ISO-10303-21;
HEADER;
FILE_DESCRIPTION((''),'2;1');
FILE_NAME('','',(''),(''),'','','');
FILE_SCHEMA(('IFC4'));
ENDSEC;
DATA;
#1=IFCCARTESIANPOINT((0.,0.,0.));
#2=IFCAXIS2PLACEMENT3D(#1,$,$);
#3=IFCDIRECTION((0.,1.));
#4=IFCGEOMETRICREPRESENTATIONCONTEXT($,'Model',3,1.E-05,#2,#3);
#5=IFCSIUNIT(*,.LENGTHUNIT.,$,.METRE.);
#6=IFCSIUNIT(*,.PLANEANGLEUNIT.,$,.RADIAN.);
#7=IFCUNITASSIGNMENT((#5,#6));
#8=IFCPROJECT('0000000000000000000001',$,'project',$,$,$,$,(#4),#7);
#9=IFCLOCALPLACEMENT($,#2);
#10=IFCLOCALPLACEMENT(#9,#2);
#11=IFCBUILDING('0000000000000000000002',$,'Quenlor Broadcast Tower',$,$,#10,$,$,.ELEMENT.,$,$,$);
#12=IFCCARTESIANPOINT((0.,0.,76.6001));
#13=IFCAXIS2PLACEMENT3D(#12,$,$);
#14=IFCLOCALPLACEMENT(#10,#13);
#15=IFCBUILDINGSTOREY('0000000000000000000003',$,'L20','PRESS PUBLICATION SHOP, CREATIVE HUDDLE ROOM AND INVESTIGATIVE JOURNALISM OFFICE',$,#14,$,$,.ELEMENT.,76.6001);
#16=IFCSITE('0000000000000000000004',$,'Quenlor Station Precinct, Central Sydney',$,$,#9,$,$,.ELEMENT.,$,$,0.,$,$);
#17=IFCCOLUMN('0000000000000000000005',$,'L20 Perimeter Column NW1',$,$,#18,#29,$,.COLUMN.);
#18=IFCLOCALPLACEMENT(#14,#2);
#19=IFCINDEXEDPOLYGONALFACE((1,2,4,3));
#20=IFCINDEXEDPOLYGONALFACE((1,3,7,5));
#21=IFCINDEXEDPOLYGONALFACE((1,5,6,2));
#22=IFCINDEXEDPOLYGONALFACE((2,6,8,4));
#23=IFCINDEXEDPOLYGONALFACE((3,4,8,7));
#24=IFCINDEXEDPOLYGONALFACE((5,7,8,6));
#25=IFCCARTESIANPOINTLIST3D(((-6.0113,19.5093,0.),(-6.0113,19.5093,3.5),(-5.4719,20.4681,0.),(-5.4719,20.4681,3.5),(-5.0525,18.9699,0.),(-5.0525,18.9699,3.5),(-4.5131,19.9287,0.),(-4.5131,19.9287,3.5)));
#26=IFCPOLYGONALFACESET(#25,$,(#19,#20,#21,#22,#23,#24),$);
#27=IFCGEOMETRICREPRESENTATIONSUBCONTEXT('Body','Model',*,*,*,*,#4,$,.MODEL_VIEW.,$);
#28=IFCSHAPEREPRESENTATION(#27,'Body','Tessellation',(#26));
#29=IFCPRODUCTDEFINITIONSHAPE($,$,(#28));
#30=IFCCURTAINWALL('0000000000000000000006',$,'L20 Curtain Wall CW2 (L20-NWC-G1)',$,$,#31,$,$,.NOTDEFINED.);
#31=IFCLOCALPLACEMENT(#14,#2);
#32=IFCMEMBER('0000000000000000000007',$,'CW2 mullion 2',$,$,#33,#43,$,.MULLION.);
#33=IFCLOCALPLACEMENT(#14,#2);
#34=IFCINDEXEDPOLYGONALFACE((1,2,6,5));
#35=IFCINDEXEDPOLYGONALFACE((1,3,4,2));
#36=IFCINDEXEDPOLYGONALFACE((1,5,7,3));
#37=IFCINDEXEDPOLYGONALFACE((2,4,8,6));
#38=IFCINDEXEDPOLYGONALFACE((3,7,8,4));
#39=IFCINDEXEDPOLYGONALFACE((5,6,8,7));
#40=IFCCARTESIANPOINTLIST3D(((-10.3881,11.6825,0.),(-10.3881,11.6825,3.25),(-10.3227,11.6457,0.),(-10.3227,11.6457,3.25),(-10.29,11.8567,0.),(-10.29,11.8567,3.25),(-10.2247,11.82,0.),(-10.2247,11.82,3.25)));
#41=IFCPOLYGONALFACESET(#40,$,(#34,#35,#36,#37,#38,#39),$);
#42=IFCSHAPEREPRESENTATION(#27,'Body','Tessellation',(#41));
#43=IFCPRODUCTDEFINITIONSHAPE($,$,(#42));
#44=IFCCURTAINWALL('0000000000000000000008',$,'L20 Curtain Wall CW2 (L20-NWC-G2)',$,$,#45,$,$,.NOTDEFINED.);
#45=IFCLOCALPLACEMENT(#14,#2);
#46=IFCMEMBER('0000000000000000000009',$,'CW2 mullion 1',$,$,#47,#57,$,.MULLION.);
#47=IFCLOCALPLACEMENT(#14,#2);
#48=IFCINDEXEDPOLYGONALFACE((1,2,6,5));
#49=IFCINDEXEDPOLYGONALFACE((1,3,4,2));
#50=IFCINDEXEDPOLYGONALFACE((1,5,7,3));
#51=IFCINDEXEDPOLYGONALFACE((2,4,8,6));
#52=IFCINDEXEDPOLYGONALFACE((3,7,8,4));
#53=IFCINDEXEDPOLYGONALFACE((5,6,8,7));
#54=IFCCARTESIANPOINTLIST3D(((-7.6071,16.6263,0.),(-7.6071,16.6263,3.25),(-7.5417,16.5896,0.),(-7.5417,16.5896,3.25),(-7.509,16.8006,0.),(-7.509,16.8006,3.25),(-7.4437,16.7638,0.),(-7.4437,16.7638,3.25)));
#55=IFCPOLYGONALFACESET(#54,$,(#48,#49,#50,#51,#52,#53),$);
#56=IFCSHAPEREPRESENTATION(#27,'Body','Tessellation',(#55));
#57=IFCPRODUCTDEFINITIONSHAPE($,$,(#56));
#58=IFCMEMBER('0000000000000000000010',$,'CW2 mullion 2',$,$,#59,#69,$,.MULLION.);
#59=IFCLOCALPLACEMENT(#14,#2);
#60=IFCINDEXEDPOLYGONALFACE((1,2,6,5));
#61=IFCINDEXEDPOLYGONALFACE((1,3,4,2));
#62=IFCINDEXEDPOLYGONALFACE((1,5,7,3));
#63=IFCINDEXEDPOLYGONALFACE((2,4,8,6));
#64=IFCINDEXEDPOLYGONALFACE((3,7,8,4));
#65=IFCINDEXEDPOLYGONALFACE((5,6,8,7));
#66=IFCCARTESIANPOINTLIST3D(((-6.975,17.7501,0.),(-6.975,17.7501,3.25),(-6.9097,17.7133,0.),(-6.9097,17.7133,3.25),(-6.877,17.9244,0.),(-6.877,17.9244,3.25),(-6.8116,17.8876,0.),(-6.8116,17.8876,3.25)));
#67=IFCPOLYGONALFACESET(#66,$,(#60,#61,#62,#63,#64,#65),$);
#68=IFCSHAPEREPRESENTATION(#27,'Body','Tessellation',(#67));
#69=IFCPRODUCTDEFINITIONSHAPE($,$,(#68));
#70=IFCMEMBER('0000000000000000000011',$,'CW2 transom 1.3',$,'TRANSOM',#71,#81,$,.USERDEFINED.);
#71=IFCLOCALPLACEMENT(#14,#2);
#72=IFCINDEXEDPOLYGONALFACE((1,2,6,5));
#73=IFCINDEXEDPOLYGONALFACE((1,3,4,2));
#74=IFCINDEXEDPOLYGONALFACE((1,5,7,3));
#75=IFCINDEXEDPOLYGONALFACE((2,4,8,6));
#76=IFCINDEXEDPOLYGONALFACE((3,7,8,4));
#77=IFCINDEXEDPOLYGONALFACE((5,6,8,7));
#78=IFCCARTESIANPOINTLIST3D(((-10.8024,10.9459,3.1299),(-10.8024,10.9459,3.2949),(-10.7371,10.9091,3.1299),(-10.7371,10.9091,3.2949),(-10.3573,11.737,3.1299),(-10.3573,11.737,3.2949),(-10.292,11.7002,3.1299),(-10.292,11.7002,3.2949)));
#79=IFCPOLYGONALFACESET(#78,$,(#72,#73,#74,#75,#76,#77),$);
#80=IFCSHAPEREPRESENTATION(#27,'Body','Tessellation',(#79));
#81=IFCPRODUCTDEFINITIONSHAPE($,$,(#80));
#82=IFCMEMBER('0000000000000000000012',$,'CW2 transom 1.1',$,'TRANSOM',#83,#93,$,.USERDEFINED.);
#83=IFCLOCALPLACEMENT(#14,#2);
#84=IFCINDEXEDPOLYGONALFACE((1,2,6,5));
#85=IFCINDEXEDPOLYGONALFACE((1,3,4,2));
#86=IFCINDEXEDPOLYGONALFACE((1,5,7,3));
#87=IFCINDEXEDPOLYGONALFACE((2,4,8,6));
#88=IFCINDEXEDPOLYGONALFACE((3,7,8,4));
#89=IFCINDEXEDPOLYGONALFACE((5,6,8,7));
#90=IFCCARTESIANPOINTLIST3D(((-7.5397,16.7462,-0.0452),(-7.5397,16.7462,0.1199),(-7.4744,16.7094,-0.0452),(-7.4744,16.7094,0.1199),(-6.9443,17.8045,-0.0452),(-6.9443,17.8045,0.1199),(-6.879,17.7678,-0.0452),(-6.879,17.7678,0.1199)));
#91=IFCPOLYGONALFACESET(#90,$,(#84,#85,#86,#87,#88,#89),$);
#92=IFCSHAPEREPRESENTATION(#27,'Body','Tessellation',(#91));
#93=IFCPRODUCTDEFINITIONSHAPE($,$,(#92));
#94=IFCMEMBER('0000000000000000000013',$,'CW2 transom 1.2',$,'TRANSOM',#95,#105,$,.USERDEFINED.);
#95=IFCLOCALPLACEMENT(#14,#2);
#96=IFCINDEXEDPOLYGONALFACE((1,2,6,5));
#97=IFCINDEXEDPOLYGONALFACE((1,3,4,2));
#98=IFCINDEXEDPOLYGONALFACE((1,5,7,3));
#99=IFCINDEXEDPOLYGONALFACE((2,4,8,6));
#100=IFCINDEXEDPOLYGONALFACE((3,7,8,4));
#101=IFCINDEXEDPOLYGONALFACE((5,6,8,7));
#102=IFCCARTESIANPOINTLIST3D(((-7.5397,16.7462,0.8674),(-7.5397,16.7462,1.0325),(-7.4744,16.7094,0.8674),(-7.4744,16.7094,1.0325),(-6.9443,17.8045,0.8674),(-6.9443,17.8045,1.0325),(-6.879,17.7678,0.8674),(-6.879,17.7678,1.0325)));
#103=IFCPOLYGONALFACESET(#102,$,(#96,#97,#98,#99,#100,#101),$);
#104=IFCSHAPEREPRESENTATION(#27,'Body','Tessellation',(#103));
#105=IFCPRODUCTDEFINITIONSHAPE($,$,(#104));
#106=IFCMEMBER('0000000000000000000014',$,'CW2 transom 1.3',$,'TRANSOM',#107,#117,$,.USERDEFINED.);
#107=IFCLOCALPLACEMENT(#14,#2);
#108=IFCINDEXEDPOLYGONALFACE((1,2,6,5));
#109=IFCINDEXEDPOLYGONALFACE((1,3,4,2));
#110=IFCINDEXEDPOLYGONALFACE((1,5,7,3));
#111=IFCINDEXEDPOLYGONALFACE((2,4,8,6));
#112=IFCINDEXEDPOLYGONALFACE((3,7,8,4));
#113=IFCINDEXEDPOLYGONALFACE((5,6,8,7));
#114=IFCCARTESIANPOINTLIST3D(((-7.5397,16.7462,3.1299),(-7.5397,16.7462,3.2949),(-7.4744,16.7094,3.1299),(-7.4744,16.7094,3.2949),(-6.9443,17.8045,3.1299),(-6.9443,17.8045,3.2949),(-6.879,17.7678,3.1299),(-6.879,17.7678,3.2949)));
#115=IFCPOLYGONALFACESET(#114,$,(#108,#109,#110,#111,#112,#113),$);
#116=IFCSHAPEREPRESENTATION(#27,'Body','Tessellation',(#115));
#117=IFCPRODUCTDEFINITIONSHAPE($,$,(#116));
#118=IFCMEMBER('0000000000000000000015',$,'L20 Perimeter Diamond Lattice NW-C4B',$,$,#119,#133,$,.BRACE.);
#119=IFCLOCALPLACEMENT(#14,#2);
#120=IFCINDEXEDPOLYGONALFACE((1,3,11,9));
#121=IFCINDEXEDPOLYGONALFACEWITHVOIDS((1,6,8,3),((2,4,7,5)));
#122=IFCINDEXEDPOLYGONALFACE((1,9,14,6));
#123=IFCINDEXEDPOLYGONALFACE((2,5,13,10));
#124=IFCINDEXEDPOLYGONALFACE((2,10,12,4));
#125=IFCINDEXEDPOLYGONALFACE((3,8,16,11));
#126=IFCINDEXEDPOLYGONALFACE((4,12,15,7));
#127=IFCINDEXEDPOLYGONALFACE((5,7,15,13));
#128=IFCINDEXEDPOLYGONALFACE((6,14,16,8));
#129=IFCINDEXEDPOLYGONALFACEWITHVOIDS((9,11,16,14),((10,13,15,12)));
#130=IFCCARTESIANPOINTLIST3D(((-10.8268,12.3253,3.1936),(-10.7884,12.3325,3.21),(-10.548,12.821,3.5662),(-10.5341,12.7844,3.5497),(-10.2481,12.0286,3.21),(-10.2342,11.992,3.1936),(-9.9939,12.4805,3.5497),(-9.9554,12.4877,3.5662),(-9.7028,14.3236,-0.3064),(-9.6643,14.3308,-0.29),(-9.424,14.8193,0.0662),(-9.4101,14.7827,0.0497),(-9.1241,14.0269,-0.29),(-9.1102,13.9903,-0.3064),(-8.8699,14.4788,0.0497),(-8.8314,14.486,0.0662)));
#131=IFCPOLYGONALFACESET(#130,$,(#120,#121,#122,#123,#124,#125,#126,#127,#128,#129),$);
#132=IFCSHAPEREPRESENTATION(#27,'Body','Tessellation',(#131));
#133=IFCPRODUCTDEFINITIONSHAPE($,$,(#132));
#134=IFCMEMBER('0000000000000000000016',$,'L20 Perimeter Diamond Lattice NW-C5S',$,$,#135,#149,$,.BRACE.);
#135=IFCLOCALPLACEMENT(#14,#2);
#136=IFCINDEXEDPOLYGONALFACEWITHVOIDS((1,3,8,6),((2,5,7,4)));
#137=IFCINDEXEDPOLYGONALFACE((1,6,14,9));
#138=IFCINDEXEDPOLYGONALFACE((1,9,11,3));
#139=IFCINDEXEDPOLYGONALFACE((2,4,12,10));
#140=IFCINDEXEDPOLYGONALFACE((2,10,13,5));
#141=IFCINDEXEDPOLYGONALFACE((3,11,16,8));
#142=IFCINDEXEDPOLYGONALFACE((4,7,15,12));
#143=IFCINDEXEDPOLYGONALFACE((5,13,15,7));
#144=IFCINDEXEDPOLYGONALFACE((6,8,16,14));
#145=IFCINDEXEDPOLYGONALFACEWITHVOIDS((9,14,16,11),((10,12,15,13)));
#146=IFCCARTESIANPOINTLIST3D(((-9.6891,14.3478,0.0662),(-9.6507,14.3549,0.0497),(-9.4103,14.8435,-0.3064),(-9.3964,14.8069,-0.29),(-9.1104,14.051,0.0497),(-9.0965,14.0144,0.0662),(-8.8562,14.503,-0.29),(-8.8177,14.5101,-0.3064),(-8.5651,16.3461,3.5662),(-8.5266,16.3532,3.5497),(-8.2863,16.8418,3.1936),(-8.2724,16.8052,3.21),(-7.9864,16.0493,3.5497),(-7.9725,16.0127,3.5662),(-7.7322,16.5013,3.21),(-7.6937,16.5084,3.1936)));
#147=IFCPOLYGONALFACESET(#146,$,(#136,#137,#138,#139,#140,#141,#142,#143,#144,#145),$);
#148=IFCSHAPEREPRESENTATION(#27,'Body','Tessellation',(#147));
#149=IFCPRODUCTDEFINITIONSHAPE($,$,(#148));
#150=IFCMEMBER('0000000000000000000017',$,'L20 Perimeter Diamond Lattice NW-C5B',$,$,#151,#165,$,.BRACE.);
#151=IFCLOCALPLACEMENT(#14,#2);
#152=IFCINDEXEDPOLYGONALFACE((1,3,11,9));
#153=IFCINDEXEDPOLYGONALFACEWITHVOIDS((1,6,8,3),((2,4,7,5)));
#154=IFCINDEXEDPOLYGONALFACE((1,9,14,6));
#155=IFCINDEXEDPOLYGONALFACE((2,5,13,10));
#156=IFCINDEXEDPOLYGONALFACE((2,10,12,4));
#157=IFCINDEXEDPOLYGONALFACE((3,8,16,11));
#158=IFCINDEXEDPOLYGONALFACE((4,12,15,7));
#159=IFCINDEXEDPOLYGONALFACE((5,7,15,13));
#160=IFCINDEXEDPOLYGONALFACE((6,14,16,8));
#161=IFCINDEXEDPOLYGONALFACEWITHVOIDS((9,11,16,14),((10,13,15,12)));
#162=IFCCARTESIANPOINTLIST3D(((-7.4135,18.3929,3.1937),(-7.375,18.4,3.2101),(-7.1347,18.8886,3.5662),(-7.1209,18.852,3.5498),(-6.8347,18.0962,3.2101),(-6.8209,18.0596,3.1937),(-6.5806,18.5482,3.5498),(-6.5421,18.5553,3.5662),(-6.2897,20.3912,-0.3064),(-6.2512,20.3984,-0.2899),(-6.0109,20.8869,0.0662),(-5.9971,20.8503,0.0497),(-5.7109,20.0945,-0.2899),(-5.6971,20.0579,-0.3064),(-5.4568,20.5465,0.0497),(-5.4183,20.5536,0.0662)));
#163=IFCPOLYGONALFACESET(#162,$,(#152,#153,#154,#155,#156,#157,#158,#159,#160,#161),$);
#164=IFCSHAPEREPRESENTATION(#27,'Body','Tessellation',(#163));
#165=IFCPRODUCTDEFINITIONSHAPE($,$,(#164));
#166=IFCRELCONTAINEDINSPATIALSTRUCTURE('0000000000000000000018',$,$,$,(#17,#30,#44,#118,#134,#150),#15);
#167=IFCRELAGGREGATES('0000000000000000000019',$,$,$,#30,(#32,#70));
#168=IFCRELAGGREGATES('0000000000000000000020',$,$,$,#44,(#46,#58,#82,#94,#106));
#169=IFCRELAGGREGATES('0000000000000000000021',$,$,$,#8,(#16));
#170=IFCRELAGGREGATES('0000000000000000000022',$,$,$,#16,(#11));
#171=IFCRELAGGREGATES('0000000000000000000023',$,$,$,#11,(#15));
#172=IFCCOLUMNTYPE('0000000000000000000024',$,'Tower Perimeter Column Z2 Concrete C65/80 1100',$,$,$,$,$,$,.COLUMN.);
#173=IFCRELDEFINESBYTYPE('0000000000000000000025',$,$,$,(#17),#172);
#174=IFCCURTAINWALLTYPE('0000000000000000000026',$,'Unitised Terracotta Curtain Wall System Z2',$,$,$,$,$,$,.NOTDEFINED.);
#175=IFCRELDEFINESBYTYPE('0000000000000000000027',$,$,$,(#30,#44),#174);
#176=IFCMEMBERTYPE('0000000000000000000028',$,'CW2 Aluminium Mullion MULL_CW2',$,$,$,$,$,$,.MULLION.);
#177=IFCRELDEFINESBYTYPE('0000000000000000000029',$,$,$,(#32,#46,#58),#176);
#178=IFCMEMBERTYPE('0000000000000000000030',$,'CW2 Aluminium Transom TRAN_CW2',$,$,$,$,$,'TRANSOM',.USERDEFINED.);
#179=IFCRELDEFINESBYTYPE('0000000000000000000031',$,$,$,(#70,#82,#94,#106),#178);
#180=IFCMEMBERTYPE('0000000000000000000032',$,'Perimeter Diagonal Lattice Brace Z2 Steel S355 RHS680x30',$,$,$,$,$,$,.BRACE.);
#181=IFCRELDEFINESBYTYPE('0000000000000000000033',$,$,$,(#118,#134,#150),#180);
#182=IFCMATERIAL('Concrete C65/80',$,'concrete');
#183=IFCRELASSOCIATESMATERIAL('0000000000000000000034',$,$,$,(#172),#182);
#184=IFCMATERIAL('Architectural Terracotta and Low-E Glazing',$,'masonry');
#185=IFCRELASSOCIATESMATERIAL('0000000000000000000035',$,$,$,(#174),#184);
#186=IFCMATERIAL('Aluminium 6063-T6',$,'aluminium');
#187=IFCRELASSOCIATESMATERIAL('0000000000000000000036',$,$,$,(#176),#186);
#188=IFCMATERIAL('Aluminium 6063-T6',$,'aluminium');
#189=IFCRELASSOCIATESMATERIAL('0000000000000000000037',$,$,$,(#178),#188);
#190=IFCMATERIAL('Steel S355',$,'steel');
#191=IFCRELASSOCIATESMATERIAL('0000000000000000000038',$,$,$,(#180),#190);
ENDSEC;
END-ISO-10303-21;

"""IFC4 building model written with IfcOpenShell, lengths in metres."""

from ifc_helpers import new_model, si_unit, direction, frame, origin, origin_2d, place, context, subcontext, project, spatial, rectangle, hollow_rectangle, extrude, material, material_profile, profile_set, type_object, element, aggregate, save


model = new_model("IFC4")

# Units and contexts
model_context = context("Model", 3, precision=1e-05, world=origin(), true_north=direction((0.0, 1.0)))
body_context = subcontext(model_context, "Body", "Model", "MODEL_VIEW")
ifc_project = project(units=[si_unit("LENGTHUNIT", "METRE"), si_unit("PLANEANGLEUNIT", "RADIAN")], contexts=[model_context])

# Site, building, storey
site_placement = place(None, origin())
site = spatial("IfcSite", under=ifc_project, at=site_placement, Name="Quenlor Station Precinct, Central Sydney", CompositionType="ELEMENT", RefElevation=0.0)
building_placement = place(site_placement, origin())
building = spatial("IfcBuilding", under=site, at=building_placement, Name="Quenlor Broadcast Tower", CompositionType="ELEMENT")
storey_placement = place(building_placement, frame((0.0, 0.0, 76.6001)))
storey = spatial("IfcBuildingStorey", under=building, at=storey_placement, Name="L20", Description="PRESS PUBLICATION SHOP, CREATIVE HUDDLE ROOM AND INVESTIGATIVE JOURNALISM OFFICE", CompositionType="ELEMENT", Elevation=76.6001)

# Column
ifc_material_1 = material(Name="Concrete C65/80", Category="concrete")
ifc_material_profile_1 = material_profile(ifc_material_1, rectangle(XDim=1.1001, YDim=1.1001, at=origin_2d()))
ifc_profile_set_1 = profile_set([ifc_material_profile_1], Name="Concrete C65/80 RC1100x1100")
column_type = type_object("IfcColumnType", Name="Tower Perimeter Column Z2 Concrete C65/80 1100", PredefinedType="COLUMN", material=ifc_profile_set_1)
column_placement = place(storey_placement, frame((-5.2622, 19.719, 0.0), z_axis=(0.0, 0.0, 1.0), x_axis=(-0.871575, 0.490262, 0.0)))
element("IfcColumn", 1, at=column_placement, inside=storey, type_object=column_type, Name="L20 Perimeter Column NW1", PredefinedType="COLUMN", context=body_context, shape_type="SweptSolid", body=[
    extrude(rectangle(XDim=1.1001, YDim=1.1001, at=origin_2d()), origin(), (0.0, 0.0, 1.0), 3.5),
])

# Curtain wall, member
ifc_material_2 = material(Name="Architectural Terracotta and Low-E Glazing", Category="masonry")
curtain_wall_type = type_object("IfcCurtainWallType", Name="Unitised Terracotta Curtain Wall System Z2", PredefinedType="NOTDEFINED", material=ifc_material_2)
curtain_wall_1_placement = place(storey_placement, origin())
curtain_wall_1 = element("IfcCurtainWall", 2, at=curtain_wall_1_placement, inside=storey, type_object=curtain_wall_type, Name="L20 Curtain Wall CW2 (L20-NWC-G1)", PredefinedType="NOTDEFINED")
ifc_material_3 = material(Name="Aluminium 6063-T6", Category="aluminium")
ifc_material_profile_2 = material_profile(ifc_material_3, rectangle(XDim=0.075, YDim=0.2, at=origin_2d()))
ifc_profile_set_2 = profile_set([ifc_material_profile_2], Name="Aluminium 6063-T6 MULL75x200")
member_type_1 = type_object("IfcMemberType", Name="CW2 Aluminium Mullion MULL_CW2", PredefinedType="MULLION", material=ifc_profile_set_2)
member_1_placement = place(storey_placement, frame((-10.3064, 11.7512, 0.0), z_axis=(0.0, 0.0, 1.0), x_axis=(-0.871581, 0.490252, 0.0)))
member_1 = element("IfcMember", 3, at=member_1_placement, type_object=member_type_1, Name="CW2 mullion 2", PredefinedType="MULLION", context=body_context, shape_type="SweptSolid", body=[
    extrude(rectangle(XDim=0.075, YDim=0.2, at=origin_2d()), origin(), (0.0, 0.0, 1.0), 3.25),
])

# Curtain wall, members
curtain_wall_2_placement = place(storey_placement, origin())
curtain_wall_2 = element("IfcCurtainWall", 4, at=curtain_wall_2_placement, inside=storey, type_object=curtain_wall_type, Name="L20 Curtain Wall CW2 (L20-NWC-G2)", PredefinedType="NOTDEFINED")
member_2_placement = place(storey_placement, frame((-7.5254, 16.6951, 0.0), z_axis=(0.0, 0.0, 1.0), x_axis=(-0.871583, 0.490247, 0.0)))
member_2 = element("IfcMember", 5, at=member_2_placement, type_object=member_type_1, Name="CW2 mullion 1", PredefinedType="MULLION", context=body_context, shape_type="SweptSolid", body=[
    extrude(rectangle(XDim=0.075, YDim=0.2, at=origin_2d()), origin(), (0.0, 0.0, 1.0), 3.25),
])
member_3_placement = place(storey_placement, frame((-6.8933, 17.8188, 0.0), z_axis=(0.0, 0.0, 1.0), x_axis=(-0.871583, 0.490247, 0.0)))
member_3 = element("IfcMember", 6, at=member_3_placement, type_object=member_type_1, Name="CW2 mullion 2", PredefinedType="MULLION", context=body_context, shape_type="SweptSolid", body=[
    extrude(rectangle(XDim=0.075, YDim=0.2, at=origin_2d()), origin(), (0.0, 0.0, 1.0), 3.25),
])

# Members
ifc_material_4 = material(Name="Aluminium 6063-T6", Category="aluminium")
ifc_material_profile_3 = material_profile(ifc_material_4, rectangle(XDim=0.075, YDim=0.165, at=origin_2d()))
ifc_profile_set_3 = profile_set([ifc_material_profile_3], Name="Aluminium 6063-T6 TRAN75x165")
member_type_2 = type_object("IfcMemberType", Name="CW2 Aluminium Transom TRAN_CW2", ElementType="TRANSOM", PredefinedType="USERDEFINED", material=ifc_profile_set_3)
member_4_placement = place(storey_placement, frame((-10.7698, 10.9275, 3.2124), z_axis=(0.490363, 0.871518, 0.0), x_axis=(-0.871518, 0.490363, 0.0)))
member_4 = element("IfcMember", 7, at=member_4_placement, type_object=member_type_2, Name="CW2 transom 1.3", ObjectType="TRANSOM", PredefinedType="USERDEFINED", context=body_context, shape_type="SweptSolid", body=[
    extrude(rectangle(XDim=0.075, YDim=0.165, at=origin_2d()), origin(), (0.0, 0.0, 1.0), 0.9077),
])
member_5_placement = place(storey_placement, frame((-7.5071, 16.7278, 0.0374), z_axis=(0.490347, 0.871527, 0.0), x_axis=(-0.871527, 0.490347, 0.0)))
member_5 = element("IfcMember", 8, at=member_5_placement, type_object=member_type_2, Name="CW2 transom 1.1", ObjectType="TRANSOM", PredefinedType="USERDEFINED", context=body_context, shape_type="SweptSolid", body=[
    extrude(rectangle(XDim=0.075, YDim=0.165, at=origin_2d()), origin(), (0.0, 0.0, 1.0), 1.2144),
])
member_6_placement = place(storey_placement, frame((-7.5071, 16.7278, 0.95), z_axis=(0.490347, 0.871527, 0.0), x_axis=(-0.871527, 0.490347, 0.0)))
member_6 = element("IfcMember", 9, at=member_6_placement, type_object=member_type_2, Name="CW2 transom 1.2", ObjectType="TRANSOM", PredefinedType="USERDEFINED", context=body_context, shape_type="SweptSolid", body=[
    extrude(rectangle(XDim=0.075, YDim=0.165, at=origin_2d()), origin(), (0.0, 0.0, 1.0), 1.2144),
])
member_7_placement = place(storey_placement, frame((-7.5071, 16.7278, 3.2124), z_axis=(0.490347, 0.871527, 0.0), x_axis=(-0.871527, 0.490347, 0.0)))
member_7 = element("IfcMember", 10, at=member_7_placement, type_object=member_type_2, Name="CW2 transom 1.3", ObjectType="TRANSOM", PredefinedType="USERDEFINED", context=body_context, shape_type="SweptSolid", body=[
    extrude(rectangle(XDim=0.075, YDim=0.165, at=origin_2d()), origin(), (0.0, 0.0, 1.0), 1.2144),
])

# Members
ifc_material_5 = material(Name="Steel S355", Category="steel")
ifc_material_profile_4 = material_profile(ifc_material_5, hollow_rectangle(XDim=0.6799, YDim=0.6799, WallThickness=0.03, at=origin_2d()))
ifc_profile_set_4 = profile_set([ifc_material_profile_4], Name="Steel S355 RHS680x680x30")
member_type_3 = type_object("IfcMemberType", Name="Perimeter Diagonal Lattice Brace Z2 Steel S355 RHS680x30", PredefinedType="BRACE", material=ifc_profile_set_4)
for number, where, z_axis, x_axis, name in (
    (11, (-9.2671, 14.4048, -0.1201), (-0.268642, -0.477593, 0.836502), (0.871578, -0.490256, 0.0), "L20 Perimeter Diamond Lattice NW-C4B"),
    (12, (-9.2534, 14.429, -0.1201), (0.268642, 0.477593, 0.836502), (-0.871578, 0.490256, 0.0), "L20 Perimeter Diamond Lattice NW-C5S"),
    (13, (-5.854, 20.4724, -0.1201), (-0.268588, -0.4776, 0.836516), (0.871624, -0.490175, 0.0), "L20 Perimeter Diamond Lattice NW-C5B"),
):
    element("IfcMember", number, at=place(storey_placement, frame(where, z_axis=z_axis, x_axis=x_axis)), inside=storey, type_object=member_type_3, Name=name, PredefinedType="BRACE", context=body_context, shape_type="SweptSolid", body=[
        extrude(hollow_rectangle(XDim=0.6799, YDim=0.6799, WallThickness=0.03, at=origin_2d()), origin(), (0.0, 0.0, 1.0), 4.1841),
    ])

aggregate(curtain_wall_1, [member_1, member_4])
aggregate(curtain_wall_2, [member_2, member_3, member_5, member_6, member_7])

save(model, "model.ifc")
